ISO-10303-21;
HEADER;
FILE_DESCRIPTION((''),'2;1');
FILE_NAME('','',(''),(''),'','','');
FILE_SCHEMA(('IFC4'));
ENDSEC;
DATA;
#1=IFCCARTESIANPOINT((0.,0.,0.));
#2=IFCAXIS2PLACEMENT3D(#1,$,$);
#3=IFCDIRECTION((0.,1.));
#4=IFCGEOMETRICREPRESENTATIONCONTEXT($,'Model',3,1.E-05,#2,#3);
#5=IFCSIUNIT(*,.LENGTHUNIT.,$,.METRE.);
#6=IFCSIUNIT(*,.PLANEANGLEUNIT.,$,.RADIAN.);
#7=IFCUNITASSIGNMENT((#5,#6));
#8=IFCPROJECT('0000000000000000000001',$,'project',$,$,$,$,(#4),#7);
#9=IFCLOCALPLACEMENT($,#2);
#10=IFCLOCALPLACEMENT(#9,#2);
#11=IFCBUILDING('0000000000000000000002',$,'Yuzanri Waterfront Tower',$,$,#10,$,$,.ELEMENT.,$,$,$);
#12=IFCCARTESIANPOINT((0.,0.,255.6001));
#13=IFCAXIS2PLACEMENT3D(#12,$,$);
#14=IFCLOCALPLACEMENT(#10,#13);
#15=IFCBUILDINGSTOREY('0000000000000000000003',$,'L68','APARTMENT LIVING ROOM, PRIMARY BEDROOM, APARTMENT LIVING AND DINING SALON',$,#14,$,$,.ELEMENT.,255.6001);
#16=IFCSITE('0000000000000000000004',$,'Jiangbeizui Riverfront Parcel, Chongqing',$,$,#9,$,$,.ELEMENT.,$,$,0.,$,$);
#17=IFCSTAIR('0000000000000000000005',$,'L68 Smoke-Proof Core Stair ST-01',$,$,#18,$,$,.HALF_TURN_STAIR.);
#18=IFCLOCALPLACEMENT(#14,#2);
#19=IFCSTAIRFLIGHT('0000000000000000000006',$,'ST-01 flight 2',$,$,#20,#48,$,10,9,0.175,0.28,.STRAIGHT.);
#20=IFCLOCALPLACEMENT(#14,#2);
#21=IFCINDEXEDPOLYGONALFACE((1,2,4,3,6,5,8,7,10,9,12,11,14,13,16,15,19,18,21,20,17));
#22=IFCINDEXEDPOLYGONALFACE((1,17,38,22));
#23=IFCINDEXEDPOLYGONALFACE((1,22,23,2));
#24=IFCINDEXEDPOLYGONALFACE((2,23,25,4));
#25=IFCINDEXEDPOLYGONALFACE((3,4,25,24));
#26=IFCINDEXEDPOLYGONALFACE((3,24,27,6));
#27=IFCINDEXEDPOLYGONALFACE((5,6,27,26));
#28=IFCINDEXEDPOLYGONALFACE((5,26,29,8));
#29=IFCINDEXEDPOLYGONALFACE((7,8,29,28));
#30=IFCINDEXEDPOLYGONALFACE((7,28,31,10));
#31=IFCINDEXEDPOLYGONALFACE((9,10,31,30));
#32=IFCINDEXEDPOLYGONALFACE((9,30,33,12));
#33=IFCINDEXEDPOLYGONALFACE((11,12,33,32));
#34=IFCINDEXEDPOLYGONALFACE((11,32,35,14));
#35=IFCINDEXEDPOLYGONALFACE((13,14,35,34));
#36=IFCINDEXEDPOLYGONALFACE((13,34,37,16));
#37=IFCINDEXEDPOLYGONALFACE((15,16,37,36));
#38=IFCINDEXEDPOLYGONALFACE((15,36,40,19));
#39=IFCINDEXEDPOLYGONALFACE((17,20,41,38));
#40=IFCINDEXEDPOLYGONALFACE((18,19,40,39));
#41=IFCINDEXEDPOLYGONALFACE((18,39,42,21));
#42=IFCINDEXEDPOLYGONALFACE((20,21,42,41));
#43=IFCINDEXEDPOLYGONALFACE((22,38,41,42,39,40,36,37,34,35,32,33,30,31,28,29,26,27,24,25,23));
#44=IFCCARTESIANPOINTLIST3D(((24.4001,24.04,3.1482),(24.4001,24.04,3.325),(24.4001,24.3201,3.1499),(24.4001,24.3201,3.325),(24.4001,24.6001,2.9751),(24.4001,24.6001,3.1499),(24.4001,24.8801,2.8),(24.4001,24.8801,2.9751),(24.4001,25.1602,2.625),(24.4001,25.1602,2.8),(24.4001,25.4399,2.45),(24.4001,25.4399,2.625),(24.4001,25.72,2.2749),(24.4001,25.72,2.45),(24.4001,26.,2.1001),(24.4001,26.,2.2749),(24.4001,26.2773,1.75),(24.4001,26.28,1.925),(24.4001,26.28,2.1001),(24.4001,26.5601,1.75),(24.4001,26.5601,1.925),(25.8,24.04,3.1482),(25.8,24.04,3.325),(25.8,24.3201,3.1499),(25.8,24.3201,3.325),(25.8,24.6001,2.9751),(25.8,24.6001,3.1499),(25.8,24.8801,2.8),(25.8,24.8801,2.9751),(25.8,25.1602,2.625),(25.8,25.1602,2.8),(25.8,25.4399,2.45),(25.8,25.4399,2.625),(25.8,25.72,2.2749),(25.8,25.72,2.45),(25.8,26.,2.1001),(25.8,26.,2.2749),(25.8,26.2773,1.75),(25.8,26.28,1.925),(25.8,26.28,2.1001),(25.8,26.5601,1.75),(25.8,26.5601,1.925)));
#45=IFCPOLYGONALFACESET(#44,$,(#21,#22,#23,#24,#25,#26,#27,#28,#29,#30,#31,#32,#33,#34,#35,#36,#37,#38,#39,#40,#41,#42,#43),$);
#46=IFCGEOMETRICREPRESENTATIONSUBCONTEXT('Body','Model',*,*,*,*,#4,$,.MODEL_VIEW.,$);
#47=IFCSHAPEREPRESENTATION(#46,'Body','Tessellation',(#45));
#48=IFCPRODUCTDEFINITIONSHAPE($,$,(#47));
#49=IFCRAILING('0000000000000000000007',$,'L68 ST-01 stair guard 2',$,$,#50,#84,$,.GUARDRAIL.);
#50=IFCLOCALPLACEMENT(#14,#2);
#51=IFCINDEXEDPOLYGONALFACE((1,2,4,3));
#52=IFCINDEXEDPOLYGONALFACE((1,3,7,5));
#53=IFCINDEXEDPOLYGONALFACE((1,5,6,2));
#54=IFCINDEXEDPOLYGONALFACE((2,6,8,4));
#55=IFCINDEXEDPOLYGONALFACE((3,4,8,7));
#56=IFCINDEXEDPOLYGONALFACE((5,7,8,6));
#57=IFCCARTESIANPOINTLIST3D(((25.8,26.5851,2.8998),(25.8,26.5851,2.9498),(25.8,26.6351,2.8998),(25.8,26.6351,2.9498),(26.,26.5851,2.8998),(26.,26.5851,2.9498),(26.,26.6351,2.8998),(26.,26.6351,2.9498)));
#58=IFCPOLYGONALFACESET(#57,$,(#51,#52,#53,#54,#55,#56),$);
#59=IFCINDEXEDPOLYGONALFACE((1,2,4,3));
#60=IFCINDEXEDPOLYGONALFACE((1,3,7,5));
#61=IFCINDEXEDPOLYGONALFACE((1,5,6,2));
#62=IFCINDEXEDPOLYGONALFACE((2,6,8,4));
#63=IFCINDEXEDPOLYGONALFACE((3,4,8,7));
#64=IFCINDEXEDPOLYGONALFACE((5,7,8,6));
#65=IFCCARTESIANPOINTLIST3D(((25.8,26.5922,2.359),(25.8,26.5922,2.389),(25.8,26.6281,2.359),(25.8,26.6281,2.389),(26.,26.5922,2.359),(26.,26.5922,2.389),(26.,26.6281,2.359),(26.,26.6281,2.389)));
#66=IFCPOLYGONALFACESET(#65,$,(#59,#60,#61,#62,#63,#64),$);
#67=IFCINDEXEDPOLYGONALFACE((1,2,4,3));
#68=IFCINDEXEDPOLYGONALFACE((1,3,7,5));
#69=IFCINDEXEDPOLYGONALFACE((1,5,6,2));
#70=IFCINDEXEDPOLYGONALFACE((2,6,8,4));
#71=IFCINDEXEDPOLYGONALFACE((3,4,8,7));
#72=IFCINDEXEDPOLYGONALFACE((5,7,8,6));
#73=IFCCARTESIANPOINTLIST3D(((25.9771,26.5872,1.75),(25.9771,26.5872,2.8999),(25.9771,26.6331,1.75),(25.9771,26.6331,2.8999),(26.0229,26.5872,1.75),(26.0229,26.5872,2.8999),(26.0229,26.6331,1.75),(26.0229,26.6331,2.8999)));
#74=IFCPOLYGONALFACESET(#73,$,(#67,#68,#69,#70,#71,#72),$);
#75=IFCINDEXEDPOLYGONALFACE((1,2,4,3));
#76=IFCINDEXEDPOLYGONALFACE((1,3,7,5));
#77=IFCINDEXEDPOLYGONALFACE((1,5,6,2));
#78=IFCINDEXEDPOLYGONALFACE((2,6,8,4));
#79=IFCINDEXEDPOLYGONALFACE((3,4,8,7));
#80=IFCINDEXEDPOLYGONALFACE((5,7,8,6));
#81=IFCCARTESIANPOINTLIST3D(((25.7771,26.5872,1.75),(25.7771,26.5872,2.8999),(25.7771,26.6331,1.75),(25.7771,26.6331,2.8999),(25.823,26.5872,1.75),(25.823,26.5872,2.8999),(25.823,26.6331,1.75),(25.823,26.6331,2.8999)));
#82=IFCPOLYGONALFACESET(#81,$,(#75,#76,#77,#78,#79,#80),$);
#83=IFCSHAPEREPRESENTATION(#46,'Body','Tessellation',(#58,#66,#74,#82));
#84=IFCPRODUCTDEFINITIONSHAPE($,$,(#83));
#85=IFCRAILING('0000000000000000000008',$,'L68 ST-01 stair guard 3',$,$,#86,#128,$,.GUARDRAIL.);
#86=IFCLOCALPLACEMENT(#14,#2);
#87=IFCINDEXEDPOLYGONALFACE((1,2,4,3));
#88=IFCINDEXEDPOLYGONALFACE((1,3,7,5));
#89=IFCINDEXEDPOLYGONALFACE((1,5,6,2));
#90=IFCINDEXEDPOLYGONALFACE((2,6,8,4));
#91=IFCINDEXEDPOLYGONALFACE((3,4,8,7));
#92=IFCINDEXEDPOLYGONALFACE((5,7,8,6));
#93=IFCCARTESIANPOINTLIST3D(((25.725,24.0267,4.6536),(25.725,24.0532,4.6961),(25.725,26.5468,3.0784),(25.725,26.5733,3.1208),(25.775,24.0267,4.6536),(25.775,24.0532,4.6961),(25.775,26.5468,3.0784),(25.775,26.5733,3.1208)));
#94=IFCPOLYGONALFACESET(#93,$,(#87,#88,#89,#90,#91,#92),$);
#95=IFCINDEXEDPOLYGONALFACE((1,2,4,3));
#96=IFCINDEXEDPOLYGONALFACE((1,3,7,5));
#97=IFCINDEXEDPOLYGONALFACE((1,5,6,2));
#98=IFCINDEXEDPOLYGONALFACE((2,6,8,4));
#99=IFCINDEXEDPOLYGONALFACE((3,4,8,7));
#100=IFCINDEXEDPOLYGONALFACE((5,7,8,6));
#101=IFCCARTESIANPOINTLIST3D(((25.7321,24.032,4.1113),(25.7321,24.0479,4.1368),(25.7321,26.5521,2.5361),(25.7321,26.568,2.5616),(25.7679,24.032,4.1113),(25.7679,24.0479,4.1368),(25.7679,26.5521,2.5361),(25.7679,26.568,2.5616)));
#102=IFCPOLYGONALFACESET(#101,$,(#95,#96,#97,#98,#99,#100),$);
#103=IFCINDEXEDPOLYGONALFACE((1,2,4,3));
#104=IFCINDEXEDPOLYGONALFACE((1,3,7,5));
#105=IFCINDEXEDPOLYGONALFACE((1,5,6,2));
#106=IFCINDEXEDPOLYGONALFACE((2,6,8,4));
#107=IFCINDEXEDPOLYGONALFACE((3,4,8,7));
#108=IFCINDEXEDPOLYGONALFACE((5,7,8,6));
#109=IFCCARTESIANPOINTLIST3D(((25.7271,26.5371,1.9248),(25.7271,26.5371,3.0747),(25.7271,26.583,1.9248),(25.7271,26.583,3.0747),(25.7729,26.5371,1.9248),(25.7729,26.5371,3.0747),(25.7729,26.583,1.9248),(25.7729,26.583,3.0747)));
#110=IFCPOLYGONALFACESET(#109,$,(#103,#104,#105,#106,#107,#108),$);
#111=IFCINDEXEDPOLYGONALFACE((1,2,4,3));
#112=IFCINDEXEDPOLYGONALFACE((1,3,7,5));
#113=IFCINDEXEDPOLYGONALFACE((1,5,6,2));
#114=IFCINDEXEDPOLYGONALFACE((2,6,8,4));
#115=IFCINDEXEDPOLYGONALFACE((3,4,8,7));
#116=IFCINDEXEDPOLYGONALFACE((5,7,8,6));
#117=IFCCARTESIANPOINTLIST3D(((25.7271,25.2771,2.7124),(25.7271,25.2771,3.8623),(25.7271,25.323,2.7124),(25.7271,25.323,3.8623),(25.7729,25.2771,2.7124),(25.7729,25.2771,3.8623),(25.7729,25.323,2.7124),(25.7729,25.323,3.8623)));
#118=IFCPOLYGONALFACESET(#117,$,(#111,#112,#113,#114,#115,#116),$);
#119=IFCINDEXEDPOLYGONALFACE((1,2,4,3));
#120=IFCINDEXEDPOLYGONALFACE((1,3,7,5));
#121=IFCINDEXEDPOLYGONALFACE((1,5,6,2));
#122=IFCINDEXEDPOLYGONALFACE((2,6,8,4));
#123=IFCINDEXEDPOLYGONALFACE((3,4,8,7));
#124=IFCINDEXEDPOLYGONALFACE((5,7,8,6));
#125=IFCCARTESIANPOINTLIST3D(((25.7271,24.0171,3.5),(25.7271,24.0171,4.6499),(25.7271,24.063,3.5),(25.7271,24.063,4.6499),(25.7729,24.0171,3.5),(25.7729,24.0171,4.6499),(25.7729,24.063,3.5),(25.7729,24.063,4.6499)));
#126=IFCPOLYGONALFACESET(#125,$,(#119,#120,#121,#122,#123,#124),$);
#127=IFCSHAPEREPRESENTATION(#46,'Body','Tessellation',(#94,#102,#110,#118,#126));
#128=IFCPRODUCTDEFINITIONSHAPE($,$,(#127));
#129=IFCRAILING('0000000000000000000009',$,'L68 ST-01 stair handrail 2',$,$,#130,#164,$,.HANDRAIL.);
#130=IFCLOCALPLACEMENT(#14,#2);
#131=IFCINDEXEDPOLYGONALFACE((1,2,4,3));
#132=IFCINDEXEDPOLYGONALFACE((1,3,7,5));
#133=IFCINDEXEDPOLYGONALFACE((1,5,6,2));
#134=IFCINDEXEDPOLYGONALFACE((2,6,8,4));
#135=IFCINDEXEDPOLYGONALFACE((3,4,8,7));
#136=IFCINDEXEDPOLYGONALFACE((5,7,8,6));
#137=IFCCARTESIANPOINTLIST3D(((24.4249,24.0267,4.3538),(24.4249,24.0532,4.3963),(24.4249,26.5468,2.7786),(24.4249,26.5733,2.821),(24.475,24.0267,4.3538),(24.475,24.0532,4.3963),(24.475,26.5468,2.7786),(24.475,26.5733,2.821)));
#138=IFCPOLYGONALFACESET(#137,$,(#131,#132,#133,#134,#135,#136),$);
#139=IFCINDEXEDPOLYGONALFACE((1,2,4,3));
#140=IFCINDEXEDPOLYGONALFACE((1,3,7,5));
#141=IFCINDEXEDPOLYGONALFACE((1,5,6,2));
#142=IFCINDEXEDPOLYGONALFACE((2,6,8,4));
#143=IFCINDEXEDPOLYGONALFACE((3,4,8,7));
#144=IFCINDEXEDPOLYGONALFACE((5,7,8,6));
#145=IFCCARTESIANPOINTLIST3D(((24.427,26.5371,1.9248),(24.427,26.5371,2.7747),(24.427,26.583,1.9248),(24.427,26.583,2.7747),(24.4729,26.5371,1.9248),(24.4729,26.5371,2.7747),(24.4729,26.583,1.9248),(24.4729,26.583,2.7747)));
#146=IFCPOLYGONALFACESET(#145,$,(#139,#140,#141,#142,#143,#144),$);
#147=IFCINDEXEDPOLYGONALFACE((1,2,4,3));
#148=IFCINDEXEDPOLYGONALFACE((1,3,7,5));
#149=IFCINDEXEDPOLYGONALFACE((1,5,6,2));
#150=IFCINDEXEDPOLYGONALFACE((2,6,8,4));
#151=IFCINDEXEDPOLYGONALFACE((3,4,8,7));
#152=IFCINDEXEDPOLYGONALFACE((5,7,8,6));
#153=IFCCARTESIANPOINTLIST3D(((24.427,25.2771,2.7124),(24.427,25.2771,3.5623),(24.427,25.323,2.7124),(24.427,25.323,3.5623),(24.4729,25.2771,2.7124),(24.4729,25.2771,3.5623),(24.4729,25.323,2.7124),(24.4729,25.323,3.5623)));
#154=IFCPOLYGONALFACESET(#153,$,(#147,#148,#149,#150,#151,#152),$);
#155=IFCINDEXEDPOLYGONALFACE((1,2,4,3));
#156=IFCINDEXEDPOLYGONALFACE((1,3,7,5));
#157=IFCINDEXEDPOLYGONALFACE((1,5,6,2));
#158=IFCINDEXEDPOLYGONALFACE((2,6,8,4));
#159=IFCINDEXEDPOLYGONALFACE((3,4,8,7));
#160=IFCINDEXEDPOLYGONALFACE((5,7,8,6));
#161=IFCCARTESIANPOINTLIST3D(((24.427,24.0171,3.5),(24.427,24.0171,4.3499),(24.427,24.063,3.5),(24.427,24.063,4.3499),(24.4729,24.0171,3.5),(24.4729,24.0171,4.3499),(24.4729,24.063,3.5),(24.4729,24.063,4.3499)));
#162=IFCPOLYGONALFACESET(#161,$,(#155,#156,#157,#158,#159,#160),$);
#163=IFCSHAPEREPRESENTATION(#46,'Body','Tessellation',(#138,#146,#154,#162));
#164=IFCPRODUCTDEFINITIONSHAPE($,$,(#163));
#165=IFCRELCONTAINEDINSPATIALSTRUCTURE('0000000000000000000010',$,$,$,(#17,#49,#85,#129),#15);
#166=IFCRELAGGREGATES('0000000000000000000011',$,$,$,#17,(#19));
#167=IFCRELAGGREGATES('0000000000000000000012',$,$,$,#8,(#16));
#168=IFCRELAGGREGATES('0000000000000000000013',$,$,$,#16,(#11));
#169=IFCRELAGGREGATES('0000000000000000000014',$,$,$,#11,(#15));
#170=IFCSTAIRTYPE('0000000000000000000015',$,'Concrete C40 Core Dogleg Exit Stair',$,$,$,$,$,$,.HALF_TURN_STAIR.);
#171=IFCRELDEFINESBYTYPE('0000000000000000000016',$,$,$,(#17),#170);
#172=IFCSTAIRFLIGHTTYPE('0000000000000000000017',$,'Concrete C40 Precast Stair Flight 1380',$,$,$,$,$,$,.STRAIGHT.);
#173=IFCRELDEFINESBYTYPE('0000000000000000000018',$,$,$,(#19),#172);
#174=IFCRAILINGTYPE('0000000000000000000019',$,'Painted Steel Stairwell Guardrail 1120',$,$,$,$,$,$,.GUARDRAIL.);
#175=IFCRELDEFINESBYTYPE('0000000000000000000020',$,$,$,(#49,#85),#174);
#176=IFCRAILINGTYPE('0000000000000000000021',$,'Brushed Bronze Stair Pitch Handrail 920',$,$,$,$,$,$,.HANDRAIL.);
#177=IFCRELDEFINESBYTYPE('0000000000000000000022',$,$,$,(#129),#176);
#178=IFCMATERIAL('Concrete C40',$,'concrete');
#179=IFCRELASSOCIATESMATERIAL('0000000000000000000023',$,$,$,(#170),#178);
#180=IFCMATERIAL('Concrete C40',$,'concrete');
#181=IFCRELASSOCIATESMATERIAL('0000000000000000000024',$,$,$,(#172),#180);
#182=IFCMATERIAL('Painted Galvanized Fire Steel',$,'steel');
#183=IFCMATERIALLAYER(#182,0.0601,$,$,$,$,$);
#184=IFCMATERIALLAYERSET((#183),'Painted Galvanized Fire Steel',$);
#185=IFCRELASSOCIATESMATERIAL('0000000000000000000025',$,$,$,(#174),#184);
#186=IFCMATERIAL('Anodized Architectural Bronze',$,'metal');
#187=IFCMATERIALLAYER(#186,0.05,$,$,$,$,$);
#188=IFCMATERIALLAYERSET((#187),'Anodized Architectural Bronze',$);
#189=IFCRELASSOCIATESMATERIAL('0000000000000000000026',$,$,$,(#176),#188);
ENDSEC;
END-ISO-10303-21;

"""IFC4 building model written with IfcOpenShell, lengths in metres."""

from ifc_helpers import new_model, si_unit, direction, frame, origin, origin_2d, place, context, subcontext, project, spatial, polyline, rectangle, outline, extrude, source, transform, mapped, material, layer, layer_set, type_object, element, aggregate, save


model = new_model("IFC4")

# Units and contexts
model_context = context("Model", 3, precision=1e-05, world=origin(), true_north=direction((0.0, 1.0)))
body_context = subcontext(model_context, "Body", "Model", "MODEL_VIEW")
ifc_project = project(units=[si_unit("LENGTHUNIT", "METRE"), si_unit("PLANEANGLEUNIT", "RADIAN")], contexts=[model_context])

# Site, building, storey
site_placement = place(None, origin())
site = spatial("IfcSite", under=ifc_project, at=site_placement, Name="Jiangbeizui Riverfront Parcel, Chongqing", CompositionType="ELEMENT", RefElevation=0.0)
building_placement = place(site_placement, origin())
building = spatial("IfcBuilding", under=site, at=building_placement, Name="Yuzanri Waterfront Tower", CompositionType="ELEMENT")
storey_placement = place(building_placement, frame((0.0, 0.0, 255.6001)))
storey = spatial("IfcBuildingStorey", under=building, at=storey_placement, Name="L68", Description="APARTMENT LIVING ROOM, PRIMARY BEDROOM, APARTMENT LIVING AND DINING SALON", CompositionType="ELEMENT", Elevation=255.6001)

# Stair, stair flight
ifc_material_1 = material(Name="Concrete C40", Category="concrete")
stair_type = type_object("IfcStairType", Name="Concrete C40 Core Dogleg Exit Stair", PredefinedType="HALF_TURN_STAIR", material=ifc_material_1)
stair_placement = place(storey_placement, origin())
stair = element("IfcStair", 1, at=stair_placement, inside=storey, type_object=stair_type, Name="L68 Smoke-Proof Core Stair ST-01", PredefinedType="HALF_TURN_STAIR")
ifc_material_2 = material(Name="Concrete C40", Category="concrete")
stair_flight_type = type_object("IfcStairFlightType", Name="Concrete C40 Precast Stair Flight 1380", PredefinedType="STRAIGHT", material=ifc_material_2)
shared_shape_1 = source(origin(), body_context, "Body", "SweptSolid", [
    extrude(outline(polyline([(0.0, 0.0), (0.0, 0.175), (0.28, 0.175), (0.28, 0.3501), (0.5601, 0.3501), (0.5601, 0.5249), (0.8401, 0.5249), (0.8401, 0.7), (1.1201, 0.7), (1.1201, 0.875), (1.3999, 0.875), (1.3999, 1.05), (1.6799, 1.05), (1.6799, 1.2251), (1.96, 1.2251), (1.96, 1.3999), (2.24, 1.3999), (2.24, 1.575), (2.52, 1.575), (2.52, 1.75), (2.52, 1.3982), (0.2827, 0.0), (0.0, 0.0)])), frame((0.0, 0.7, 0.0), z_axis=(0.0, -1.0, 0.0), x_axis=(1.0, 0.0, 0.0)), (0.0, 0.0, 1.0), 1.3999),
])
stair_flight_placement = place(storey_placement, frame((25.1001, 26.5601, 1.75), z_axis=(0.0, 0.0, 1.0), x_axis=(0.0, -1.0, 0.0)))
stair_flight = element("IfcStairFlight", 2, at=stair_flight_placement, type_object=stair_flight_type, Name="ST-01 flight 2", NumberOfRisers=10, NumberOfTreads=9, PredefinedType="STRAIGHT", RiserHeight=0.175, TreadLength=0.28, context=body_context, shape_type="MappedRepresentation", body=[
    mapped(shared_shape_1, transform((0.0, 0.0, 0.0), scale=1.0)),
])
aggregate(stair, [stair_flight])

# Railings
ifc_material_3 = material(Name="Painted Galvanized Fire Steel", Category="steel")
ifc_layer_1 = layer(ifc_material_3, 0.0601)
ifc_layer_set_1 = layer_set([ifc_layer_1], Name="Painted Galvanized Fire Steel")
railing_type_1 = type_object("IfcRailingType", Name="Painted Steel Stairwell Guardrail 1120", PredefinedType="GUARDRAIL", material=ifc_layer_set_1)
shared_shape_2 = source(origin(), body_context, "Body", "SweptSolid", [
    extrude(rectangle(XDim=0.05, YDim=0.05, at=origin_2d()), frame((0.0, 0.0, 1.1748), z_axis=(-1.0, 0.0, 0.0), x_axis=(0.0, -1.0, 0.0)), (0.0, 0.0, 1.0), 0.2),
    extrude(rectangle(XDim=0.0359, YDim=0.03, at=origin_2d()), frame((0.0, 0.0, 0.624), z_axis=(-1.0, 0.0, 0.0), x_axis=(0.0, -1.0, 0.0)), (0.0, 0.0, 1.0), 0.2),
    extrude(rectangle(XDim=0.0459, YDim=0.0459, at=origin_2d()), origin(), (0.0, 0.0, 1.0), 1.1499),
    extrude(rectangle(XDim=0.0459, YDim=0.0459, at=origin_2d()), frame((-0.2, 0.0, 0.0)), (0.0, 0.0, 1.0), 1.1499),
])
railing_1_placement = place(storey_placement, frame((26.0, 26.6101, 1.75)))
element("IfcRailing", 3, at=railing_1_placement, inside=storey, type_object=railing_type_1, Name="L68 ST-01 stair guard 2", PredefinedType="GUARDRAIL", context=body_context, shape_type="MappedRepresentation", body=[
    mapped(shared_shape_2, transform((0.0, 0.0, 0.0), scale=1.0)),
])
shared_shape_3 = source(origin(), body_context, "Body", "SweptSolid", [
    extrude(rectangle(XDim=0.05, YDim=0.05, at=origin_2d()), frame((0.0, 0.0, 1.1748), z_axis=(0.0, -0.847971, 0.530043), x_axis=(1.0, 0.0, 0.0)), (0.0, 0.0, 1.0), 2.9719),
    extrude(rectangle(XDim=0.0359, YDim=0.03, at=origin_2d()), frame((0.0, 0.0, 0.624), z_axis=(0.0, -0.847971, 0.530043), x_axis=(1.0, 0.0, 0.0)), (0.0, 0.0, 1.0), 2.9719),
    extrude(rectangle(XDim=0.0459, YDim=0.0459, at=origin_2d()), origin(), (0.0, 0.0, 1.0), 1.1499),
    extrude(rectangle(XDim=0.0459, YDim=0.0459, at=origin_2d()), frame((0.0, -1.26, 0.7876)), (0.0, 0.0, 1.0), 1.1499),
    extrude(rectangle(XDim=0.0459, YDim=0.0459, at=origin_2d()), frame((0.0, -2.52, 1.5752)), (0.0, 0.0, 1.0), 1.1499),
])
railing_2_placement = place(storey_placement, frame((25.75, 26.5601, 1.9248)))
element("IfcRailing", 4, at=railing_2_placement, inside=storey, type_object=railing_type_1, Name="L68 ST-01 stair guard 3", PredefinedType="GUARDRAIL", context=body_context, shape_type="MappedRepresentation", body=[
    mapped(shared_shape_3, transform((0.0, 0.0, 0.0), scale=1.0)),
])
ifc_material_4 = material(Name="Anodized Architectural Bronze", Category="metal")
ifc_layer_2 = layer(ifc_material_4, 0.05)
ifc_layer_set_2 = layer_set([ifc_layer_2], Name="Anodized Architectural Bronze")
railing_type_2 = type_object("IfcRailingType", Name="Brushed Bronze Stair Pitch Handrail 920", PredefinedType="HANDRAIL", material=ifc_layer_set_2)
shared_shape_4 = source(origin(), body_context, "Body", "SweptSolid", [
    extrude(rectangle(XDim=0.05, YDim=0.05, at=origin_2d()), frame((0.0, 0.0, 0.875), z_axis=(0.0, -0.847971, 0.530043), x_axis=(1.0, 0.0, 0.0)), (0.0, 0.0, 1.0), 2.9719),
    extrude(rectangle(XDim=0.0459, YDim=0.0459, at=origin_2d()), origin(), (0.0, 0.0, 1.0), 0.8499),
    extrude(rectangle(XDim=0.0459, YDim=0.0459, at=origin_2d()), frame((0.0, -1.26, 0.7876)), (0.0, 0.0, 1.0), 0.8499),
    extrude(rectangle(XDim=0.0459, YDim=0.0459, at=origin_2d()), frame((0.0, -2.52, 1.5752)), (0.0, 0.0, 1.0), 0.8499),
])
railing_3_placement = place(storey_placement, frame((24.45, 26.5601, 1.9248)))
element("IfcRailing", 5, at=railing_3_placement, inside=storey, type_object=railing_type_2, Name="L68 ST-01 stair handrail 2", PredefinedType="HANDRAIL", context=body_context, shape_type="MappedRepresentation", body=[
    mapped(shared_shape_4, transform((0.0, 0.0, 0.0), scale=1.0)),
])

save(model, "model.ifc")
